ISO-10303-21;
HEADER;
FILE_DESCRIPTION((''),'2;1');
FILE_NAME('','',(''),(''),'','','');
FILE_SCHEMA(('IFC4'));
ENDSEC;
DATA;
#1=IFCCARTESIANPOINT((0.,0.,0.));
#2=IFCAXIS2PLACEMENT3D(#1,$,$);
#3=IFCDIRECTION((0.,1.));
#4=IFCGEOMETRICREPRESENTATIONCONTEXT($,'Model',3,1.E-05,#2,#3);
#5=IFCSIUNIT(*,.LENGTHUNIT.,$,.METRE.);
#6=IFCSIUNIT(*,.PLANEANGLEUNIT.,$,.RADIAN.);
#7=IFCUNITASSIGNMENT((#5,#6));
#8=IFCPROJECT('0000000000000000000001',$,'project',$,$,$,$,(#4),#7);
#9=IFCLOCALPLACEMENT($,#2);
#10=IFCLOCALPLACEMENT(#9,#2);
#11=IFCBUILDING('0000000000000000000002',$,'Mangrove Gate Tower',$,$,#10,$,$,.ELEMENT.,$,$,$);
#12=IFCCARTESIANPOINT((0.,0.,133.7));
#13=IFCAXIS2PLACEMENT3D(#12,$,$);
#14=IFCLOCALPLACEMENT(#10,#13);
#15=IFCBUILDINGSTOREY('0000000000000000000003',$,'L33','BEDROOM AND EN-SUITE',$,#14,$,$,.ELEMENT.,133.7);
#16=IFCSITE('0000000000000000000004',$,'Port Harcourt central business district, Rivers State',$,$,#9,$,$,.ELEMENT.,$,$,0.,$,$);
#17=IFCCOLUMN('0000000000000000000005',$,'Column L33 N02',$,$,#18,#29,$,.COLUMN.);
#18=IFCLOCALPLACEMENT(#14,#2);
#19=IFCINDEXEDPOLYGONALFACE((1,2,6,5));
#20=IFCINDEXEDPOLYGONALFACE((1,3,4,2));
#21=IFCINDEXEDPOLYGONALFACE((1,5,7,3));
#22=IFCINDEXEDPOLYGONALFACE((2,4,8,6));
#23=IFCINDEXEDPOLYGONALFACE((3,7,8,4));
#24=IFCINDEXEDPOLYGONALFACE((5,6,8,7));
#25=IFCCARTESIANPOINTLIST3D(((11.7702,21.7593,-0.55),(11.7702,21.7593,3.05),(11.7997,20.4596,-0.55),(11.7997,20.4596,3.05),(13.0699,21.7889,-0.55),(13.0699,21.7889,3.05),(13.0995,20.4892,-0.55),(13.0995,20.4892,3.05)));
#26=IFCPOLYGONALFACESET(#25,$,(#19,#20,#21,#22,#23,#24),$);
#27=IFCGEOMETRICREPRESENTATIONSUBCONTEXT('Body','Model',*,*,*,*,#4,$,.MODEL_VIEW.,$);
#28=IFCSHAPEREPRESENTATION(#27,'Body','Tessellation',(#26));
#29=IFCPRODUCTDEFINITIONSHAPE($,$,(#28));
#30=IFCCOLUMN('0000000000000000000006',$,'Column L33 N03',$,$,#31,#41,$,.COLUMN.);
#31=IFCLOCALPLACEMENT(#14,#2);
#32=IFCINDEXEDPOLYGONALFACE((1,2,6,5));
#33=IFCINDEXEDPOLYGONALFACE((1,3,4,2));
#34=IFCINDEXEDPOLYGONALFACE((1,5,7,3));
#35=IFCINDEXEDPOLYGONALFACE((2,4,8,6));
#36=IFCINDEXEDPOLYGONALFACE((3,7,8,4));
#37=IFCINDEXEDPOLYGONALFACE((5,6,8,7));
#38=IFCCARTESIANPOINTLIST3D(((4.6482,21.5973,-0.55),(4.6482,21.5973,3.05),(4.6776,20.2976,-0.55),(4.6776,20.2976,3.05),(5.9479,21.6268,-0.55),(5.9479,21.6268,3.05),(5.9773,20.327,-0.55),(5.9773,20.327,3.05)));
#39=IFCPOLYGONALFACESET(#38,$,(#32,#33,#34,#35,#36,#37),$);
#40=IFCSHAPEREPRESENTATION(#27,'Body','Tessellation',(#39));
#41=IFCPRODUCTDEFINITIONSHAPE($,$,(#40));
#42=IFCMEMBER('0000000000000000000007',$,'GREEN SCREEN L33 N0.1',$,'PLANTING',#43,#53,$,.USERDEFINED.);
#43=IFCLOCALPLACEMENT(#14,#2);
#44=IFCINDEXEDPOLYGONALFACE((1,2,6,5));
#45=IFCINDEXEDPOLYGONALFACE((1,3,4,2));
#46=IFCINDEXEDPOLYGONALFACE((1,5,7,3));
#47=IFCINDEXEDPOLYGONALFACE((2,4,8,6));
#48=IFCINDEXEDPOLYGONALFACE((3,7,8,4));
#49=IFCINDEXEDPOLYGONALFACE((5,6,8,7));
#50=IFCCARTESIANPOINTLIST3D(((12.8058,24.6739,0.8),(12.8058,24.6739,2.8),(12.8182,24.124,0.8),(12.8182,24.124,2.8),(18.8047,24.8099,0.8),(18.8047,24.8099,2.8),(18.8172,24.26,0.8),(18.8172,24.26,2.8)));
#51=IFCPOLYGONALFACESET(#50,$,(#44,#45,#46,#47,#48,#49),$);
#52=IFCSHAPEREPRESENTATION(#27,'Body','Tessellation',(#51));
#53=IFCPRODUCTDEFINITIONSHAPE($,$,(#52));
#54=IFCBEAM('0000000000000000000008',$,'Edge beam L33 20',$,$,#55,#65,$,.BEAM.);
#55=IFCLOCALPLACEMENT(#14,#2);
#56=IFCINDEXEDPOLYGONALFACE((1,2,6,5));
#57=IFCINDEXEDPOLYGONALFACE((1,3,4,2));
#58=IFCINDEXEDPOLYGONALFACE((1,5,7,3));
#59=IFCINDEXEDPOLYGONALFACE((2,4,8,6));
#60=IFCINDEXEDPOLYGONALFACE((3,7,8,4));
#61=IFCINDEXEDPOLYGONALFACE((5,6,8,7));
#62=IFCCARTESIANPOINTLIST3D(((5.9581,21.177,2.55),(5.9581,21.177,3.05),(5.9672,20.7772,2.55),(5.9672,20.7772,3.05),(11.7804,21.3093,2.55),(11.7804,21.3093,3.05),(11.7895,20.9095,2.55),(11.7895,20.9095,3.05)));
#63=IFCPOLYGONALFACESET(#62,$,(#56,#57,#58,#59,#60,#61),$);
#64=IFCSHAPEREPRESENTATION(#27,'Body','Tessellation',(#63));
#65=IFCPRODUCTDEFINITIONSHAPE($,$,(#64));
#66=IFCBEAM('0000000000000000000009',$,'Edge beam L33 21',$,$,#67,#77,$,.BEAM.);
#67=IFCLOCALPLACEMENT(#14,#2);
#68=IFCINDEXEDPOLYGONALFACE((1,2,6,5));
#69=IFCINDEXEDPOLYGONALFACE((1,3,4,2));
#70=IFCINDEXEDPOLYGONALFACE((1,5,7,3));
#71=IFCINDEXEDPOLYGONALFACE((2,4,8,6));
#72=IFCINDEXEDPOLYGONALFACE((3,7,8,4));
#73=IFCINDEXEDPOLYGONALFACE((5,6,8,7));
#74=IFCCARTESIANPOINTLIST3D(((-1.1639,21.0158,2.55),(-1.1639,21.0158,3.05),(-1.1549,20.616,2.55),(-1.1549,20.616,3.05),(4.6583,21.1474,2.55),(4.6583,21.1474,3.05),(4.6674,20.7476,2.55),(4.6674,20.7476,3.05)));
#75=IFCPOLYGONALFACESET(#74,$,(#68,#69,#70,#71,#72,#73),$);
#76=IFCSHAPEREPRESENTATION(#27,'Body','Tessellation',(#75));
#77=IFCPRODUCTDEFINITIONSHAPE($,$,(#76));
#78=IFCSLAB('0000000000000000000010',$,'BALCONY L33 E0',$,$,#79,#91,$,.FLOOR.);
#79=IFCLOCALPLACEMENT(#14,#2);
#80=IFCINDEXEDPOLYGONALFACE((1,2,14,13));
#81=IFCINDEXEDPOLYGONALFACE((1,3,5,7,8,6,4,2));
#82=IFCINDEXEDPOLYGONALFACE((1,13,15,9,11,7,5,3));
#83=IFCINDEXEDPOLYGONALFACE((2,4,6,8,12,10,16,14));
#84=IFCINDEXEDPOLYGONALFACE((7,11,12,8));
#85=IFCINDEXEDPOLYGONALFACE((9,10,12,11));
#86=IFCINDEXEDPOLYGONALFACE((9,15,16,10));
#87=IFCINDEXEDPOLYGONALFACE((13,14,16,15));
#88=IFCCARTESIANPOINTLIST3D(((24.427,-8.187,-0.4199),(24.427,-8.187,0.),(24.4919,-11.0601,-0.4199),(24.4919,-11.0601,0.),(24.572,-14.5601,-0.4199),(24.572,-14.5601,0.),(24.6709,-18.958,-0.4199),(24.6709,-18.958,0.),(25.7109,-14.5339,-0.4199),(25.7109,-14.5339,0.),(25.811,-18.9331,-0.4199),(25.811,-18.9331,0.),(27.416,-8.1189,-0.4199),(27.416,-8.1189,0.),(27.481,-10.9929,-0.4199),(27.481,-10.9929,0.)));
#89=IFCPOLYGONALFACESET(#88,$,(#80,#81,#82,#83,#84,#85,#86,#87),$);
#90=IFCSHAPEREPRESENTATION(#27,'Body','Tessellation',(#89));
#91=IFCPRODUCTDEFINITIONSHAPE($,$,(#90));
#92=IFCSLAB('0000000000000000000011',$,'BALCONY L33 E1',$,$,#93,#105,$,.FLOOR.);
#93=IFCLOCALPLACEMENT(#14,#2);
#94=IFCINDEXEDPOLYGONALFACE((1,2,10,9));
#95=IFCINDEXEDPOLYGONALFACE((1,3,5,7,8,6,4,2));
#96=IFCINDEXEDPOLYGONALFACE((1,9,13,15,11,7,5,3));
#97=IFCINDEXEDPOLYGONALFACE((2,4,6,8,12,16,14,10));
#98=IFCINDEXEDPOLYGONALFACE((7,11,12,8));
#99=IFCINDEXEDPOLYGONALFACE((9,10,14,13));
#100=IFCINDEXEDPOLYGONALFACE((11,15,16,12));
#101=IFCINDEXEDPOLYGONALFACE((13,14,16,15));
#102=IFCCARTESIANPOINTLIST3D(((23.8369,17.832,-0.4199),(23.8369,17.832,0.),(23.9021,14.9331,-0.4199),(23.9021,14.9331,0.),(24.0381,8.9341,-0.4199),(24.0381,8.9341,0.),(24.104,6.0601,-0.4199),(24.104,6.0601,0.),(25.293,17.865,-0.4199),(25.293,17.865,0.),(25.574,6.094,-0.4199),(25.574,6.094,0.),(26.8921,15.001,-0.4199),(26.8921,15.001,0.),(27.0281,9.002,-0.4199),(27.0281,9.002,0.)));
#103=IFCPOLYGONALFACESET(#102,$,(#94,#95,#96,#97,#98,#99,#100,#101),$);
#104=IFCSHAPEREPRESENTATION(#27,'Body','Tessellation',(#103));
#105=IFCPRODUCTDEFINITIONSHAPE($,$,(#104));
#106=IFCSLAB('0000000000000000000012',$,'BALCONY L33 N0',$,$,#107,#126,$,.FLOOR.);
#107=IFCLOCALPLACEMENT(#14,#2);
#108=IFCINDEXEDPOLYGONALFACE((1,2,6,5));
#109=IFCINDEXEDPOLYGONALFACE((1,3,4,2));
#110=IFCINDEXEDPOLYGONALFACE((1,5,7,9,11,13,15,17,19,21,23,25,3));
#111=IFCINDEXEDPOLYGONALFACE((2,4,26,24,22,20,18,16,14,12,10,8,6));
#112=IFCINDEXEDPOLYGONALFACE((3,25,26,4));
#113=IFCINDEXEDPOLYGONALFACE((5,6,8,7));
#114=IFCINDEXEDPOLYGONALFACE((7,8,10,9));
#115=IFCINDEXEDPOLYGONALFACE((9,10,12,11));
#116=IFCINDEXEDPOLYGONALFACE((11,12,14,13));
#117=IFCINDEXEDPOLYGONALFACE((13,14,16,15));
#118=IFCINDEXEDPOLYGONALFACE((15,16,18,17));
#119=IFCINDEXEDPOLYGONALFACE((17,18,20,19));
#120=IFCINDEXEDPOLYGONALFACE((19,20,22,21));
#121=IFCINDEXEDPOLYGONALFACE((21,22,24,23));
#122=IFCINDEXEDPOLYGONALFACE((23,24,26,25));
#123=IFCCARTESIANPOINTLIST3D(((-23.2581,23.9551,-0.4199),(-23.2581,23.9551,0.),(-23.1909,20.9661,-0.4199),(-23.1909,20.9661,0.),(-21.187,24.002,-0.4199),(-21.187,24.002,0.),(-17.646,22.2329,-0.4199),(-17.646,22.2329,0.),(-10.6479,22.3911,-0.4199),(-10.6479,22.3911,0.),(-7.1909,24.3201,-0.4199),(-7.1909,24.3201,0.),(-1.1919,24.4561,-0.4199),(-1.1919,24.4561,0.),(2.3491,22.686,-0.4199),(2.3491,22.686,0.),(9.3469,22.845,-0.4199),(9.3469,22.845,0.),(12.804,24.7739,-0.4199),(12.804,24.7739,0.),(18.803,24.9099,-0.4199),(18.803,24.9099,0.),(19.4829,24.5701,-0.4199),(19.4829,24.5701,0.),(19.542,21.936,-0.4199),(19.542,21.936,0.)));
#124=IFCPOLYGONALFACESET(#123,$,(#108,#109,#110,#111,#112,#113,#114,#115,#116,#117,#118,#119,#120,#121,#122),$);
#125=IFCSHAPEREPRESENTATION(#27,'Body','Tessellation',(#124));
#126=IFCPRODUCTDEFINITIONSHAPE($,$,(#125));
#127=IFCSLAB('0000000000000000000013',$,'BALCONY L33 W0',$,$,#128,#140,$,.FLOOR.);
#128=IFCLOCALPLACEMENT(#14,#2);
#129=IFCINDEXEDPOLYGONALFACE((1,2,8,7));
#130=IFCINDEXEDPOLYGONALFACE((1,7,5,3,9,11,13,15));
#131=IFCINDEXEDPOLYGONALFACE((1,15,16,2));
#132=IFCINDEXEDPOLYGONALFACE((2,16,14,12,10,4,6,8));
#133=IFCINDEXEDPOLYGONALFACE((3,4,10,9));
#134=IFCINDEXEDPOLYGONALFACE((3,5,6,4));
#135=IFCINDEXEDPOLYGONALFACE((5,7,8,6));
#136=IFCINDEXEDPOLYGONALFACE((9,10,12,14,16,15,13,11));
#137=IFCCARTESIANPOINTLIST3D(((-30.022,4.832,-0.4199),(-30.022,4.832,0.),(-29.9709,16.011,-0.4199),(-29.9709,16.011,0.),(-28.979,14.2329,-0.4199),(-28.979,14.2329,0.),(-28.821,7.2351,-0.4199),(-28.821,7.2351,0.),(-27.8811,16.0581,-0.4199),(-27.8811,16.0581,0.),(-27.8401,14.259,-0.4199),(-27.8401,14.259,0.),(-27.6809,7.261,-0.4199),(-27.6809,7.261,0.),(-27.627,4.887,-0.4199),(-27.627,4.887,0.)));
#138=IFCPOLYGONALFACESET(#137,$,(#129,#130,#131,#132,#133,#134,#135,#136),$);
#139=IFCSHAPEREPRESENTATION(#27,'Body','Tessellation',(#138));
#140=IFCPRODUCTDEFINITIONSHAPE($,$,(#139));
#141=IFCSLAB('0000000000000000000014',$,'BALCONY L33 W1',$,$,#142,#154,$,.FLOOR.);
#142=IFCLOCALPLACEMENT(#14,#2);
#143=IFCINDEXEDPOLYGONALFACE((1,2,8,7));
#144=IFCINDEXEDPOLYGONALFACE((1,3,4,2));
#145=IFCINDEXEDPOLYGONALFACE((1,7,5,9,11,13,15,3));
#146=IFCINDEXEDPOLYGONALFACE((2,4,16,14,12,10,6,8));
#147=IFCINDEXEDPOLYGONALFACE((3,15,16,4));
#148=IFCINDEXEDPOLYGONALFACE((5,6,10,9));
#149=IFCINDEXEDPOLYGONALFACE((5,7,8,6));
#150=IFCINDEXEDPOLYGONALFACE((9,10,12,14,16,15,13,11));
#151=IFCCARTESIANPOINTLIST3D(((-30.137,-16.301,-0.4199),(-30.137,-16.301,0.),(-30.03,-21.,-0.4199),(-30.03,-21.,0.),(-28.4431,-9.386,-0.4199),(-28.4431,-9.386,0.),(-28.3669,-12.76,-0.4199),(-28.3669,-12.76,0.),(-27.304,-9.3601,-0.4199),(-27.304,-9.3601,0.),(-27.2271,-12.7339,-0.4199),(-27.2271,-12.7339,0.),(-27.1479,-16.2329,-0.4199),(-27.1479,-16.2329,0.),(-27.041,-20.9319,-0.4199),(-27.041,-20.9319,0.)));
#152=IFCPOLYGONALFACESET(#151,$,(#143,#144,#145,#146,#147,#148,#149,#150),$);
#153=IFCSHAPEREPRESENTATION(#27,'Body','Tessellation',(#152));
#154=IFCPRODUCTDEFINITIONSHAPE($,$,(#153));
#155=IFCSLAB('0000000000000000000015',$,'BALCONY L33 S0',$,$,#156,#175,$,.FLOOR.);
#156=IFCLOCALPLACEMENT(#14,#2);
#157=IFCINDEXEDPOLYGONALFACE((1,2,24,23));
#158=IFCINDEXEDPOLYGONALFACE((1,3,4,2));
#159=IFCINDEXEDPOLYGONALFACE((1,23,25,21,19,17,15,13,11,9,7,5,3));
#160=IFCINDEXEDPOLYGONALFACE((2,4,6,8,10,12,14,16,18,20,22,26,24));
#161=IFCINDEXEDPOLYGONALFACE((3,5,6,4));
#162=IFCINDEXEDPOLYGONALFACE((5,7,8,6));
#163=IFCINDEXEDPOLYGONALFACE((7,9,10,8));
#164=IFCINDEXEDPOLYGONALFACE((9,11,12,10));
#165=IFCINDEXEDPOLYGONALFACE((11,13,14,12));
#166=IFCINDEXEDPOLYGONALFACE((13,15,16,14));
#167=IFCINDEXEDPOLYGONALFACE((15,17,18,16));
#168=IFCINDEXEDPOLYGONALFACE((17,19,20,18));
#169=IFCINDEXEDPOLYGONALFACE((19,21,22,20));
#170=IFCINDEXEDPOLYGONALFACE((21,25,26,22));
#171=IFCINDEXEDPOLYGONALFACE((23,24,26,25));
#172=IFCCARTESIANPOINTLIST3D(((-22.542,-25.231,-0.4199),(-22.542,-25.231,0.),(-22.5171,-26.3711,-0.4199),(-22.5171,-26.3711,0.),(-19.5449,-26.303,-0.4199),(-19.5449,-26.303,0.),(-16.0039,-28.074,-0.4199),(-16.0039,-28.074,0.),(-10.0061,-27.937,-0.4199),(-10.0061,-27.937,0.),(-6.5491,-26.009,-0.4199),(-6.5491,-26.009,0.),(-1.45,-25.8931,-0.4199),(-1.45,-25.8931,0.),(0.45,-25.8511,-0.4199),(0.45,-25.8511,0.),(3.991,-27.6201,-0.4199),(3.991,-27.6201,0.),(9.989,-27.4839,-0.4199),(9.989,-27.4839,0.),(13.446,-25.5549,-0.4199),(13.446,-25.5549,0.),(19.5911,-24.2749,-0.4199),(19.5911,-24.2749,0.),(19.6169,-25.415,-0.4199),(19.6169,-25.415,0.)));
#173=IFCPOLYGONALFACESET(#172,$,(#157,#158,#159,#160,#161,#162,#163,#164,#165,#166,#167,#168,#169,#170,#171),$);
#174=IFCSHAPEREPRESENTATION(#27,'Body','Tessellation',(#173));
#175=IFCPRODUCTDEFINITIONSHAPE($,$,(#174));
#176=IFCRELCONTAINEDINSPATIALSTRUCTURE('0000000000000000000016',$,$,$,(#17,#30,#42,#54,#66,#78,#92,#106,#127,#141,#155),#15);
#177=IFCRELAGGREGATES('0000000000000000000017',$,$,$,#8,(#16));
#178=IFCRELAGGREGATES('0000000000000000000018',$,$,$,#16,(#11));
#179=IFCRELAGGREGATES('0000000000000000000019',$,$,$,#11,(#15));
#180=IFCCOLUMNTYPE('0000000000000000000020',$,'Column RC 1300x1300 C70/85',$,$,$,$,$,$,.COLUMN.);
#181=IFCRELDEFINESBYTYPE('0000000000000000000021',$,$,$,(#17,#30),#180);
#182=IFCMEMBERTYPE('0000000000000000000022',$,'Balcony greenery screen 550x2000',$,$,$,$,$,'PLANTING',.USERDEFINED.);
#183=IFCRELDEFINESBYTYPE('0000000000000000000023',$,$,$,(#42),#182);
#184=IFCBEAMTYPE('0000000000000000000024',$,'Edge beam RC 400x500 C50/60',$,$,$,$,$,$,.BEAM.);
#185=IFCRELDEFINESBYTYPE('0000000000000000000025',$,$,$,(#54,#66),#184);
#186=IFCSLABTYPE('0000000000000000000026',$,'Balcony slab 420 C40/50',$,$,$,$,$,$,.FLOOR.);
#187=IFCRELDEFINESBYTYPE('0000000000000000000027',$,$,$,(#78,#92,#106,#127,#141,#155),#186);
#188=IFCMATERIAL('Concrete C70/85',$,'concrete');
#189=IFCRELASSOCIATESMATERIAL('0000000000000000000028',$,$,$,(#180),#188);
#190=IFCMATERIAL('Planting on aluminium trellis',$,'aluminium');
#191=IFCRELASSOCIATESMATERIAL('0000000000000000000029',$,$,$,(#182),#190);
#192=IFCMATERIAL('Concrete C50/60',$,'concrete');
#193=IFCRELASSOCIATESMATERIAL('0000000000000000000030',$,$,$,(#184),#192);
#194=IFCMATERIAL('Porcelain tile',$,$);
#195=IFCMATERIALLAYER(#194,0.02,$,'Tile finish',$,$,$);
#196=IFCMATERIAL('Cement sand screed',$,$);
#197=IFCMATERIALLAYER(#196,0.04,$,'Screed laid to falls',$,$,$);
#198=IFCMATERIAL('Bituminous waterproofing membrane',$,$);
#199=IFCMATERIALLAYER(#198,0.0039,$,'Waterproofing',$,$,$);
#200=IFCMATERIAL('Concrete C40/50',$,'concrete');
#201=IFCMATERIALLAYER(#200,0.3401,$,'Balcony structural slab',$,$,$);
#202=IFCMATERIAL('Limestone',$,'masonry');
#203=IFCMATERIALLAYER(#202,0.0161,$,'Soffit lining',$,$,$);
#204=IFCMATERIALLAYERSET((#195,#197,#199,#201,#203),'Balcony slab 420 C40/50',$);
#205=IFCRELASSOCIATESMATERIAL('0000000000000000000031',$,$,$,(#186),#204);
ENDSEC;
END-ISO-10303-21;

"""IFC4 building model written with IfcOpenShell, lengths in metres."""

from ifc_helpers import new_model, si_unit, direction, frame, origin, origin_2d, place, context, subcontext, project, spatial, polyline, rectangle, outline, extrude, material, layer, layer_set, material_profile, profile_set, type_object, element, save


model = new_model("IFC4")

# Units and contexts
model_context = context("Model", 3, precision=1e-05, world=origin(), true_north=direction((0.0, 1.0)))
body_context = subcontext(model_context, "Body", "Model", "MODEL_VIEW")
ifc_project = project(units=[si_unit("LENGTHUNIT", "METRE"), si_unit("PLANEANGLEUNIT", "RADIAN")], contexts=[model_context])

# Site, building, storey
site_placement = place(None, origin())
site = spatial("IfcSite", under=ifc_project, at=site_placement, Name="Port Harcourt central business district, Rivers State", CompositionType="ELEMENT", RefElevation=0.0)
building_placement = place(site_placement, origin())
building = spatial("IfcBuilding", under=site, at=building_placement, Name="Mangrove Gate Tower", CompositionType="ELEMENT")
storey_placement = place(building_placement, frame((0.0, 0.0, 133.7)))
storey = spatial("IfcBuildingStorey", under=building, at=storey_placement, Name="L33", Description="BEDROOM AND EN-SUITE", CompositionType="ELEMENT", Elevation=133.7)

# Columns
ifc_material_1 = material(Name="Concrete C70/85", Category="concrete")
ifc_material_profile_1 = material_profile(ifc_material_1, rectangle(XDim=1.3, YDim=1.3, at=origin_2d()))
ifc_profile_set_1 = profile_set([ifc_material_profile_1], Name="Concrete C70/85")
column_type = type_object("IfcColumnType", Name="Column RC 1300x1300 C70/85", PredefinedType="COLUMN", material=ifc_profile_set_1)
for number, where, z_axis, x_axis, name in (
    (1, (12.4348, 21.1243, -0.55), (0.0, 0.0, 1.0), (-0.999741, -0.022741, 0.0), "Column L33 N02"),
    (2, (5.3127, 20.9622, -0.55), (0.0, 0.0, 1.0), (-0.999743, -0.02267, 0.0), "Column L33 N03"),
):
    element("IfcColumn", number, at=place(storey_placement, frame(where, z_axis=z_axis, x_axis=x_axis)), inside=storey, type_object=column_type, Name=name, PredefinedType="COLUMN", context=body_context, shape_type="SweptSolid", body=[
        extrude(rectangle(XDim=1.3, YDim=1.3, at=origin_2d()), origin(), (0.0, 0.0, 1.0), 3.6001),
    ])

# Member
ifc_material_2 = material(Name="Planting on aluminium trellis", Category="aluminium")
ifc_material_profile_2 = material_profile(ifc_material_2, rectangle(XDim=0.55, YDim=2.0, at=origin_2d()))
ifc_profile_set_2 = profile_set([ifc_material_profile_2], Name="Planting on aluminium trellis")
member_type = type_object("IfcMemberType", Name="Balcony greenery screen 550x2000", ElementType="PLANTING", PredefinedType="USERDEFINED", material=ifc_profile_set_2)
member_placement = place(storey_placement, frame((12.812, 24.3989, 1.8), z_axis=(0.999743, 0.022662, 0.0), x_axis=(-0.022662, 0.999743, 0.0)))
element("IfcMember", 3, at=member_placement, inside=storey, type_object=member_type, Name="GREEN SCREEN L33 N0.1", ObjectType="PLANTING", PredefinedType="USERDEFINED", context=body_context, shape_type="SweptSolid", body=[
    extrude(rectangle(XDim=0.55, YDim=2.0, at=origin_2d()), origin(), (0.0, 0.0, 1.0), 6.0005),
])

# Beams
ifc_material_3 = material(Name="Concrete C50/60", Category="concrete")
ifc_material_profile_3 = material_profile(ifc_material_3, rectangle(XDim=0.3999, YDim=0.5, at=origin_2d()))
ifc_profile_set_3 = profile_set([ifc_material_profile_3], Name="Concrete C50/60")
beam_type = type_object("IfcBeamType", Name="Edge beam RC 400x500 C50/60", PredefinedType="BEAM", material=ifc_profile_set_3)
for number, where, z_axis, x_axis, name in (
    (4, (11.7849, 21.1094, 2.8), (-0.999742, -0.022721, 0.0), (0.022721, -0.999742, 0.0), "Edge beam L33 20"),
    (5, (4.6628, 20.9475, 2.8), (-0.999745, -0.022596, 0.0), (0.022596, -0.999745, 0.0), "Edge beam L33 21"),
):
    element("IfcBeam", number, at=place(storey_placement, frame(where, z_axis=z_axis, x_axis=x_axis)), inside=storey, type_object=beam_type, Name=name, PredefinedType="BEAM", context=body_context, shape_type="SweptSolid", body=[
        extrude(rectangle(XDim=0.3999, YDim=0.5, at=origin_2d()), origin(), (0.0, 0.0, 1.0), 5.8237),
    ])

# Slabs
ifc_material_4 = material(Name="Porcelain tile")
ifc_layer_1 = layer(ifc_material_4, 0.02, Name="Tile finish")
ifc_material_5 = material(Name="Cement sand screed")
ifc_layer_2 = layer(ifc_material_5, 0.04, Name="Screed laid to falls")
ifc_material_6 = material(Name="Bituminous waterproofing membrane")
ifc_layer_3 = layer(ifc_material_6, 0.0039, Name="Waterproofing")
ifc_material_7 = material(Name="Concrete C40/50", Category="concrete")
ifc_layer_4 = layer(ifc_material_7, 0.3401, Name="Balcony structural slab")
ifc_material_8 = material(Name="Limestone", Category="masonry")
ifc_layer_5 = layer(ifc_material_8, 0.0161, Name="Soffit lining")
ifc_layer_set_1 = layer_set([ifc_layer_1, ifc_layer_2, ifc_layer_3, ifc_layer_4, ifc_layer_5], Name="Balcony slab 420 C40/50")
slab_type_1 = type_object("IfcSlabType", Name="Balcony slab 420 C40/50", PredefinedType="FLOOR", material=ifc_layer_set_1)
slab_1_placement = place(storey_placement, frame((0.0, 0.0, -0.4199)))
element("IfcSlab", 6, at=slab_1_placement, inside=storey, type_object=slab_type_1, Name="BALCONY L33 E0", PredefinedType="FLOOR", context=body_context, shape_type="SweptSolid", body=[
    extrude(outline(polyline([(25.811, -18.9331), (25.7109, -14.5339), (27.481, -10.9929), (27.416, -8.1189), (24.427, -8.187), (24.4919, -11.0601), (24.572, -14.5601), (24.6709, -18.958), (25.811, -18.9331)])), origin(), (0.0, 0.0, 1.0), 0.4199),
])
slab_2_placement = place(storey_placement, frame((0.0, 0.0, -0.4199)))
element("IfcSlab", 7, at=slab_2_placement, inside=storey, type_object=slab_type_1, Name="BALCONY L33 E1", PredefinedType="FLOOR", context=body_context, shape_type="SweptSolid", body=[
    extrude(outline(polyline([(25.574, 6.094), (27.0281, 9.002), (26.8921, 15.001), (25.293, 17.865), (23.8369, 17.832), (23.9021, 14.9331), (24.0381, 8.9341), (24.104, 6.0601), (25.574, 6.094)])), origin(), (0.0, 0.0, 1.0), 0.4199),
])
slab_3_placement = place(storey_placement, frame((0.0, 0.0, -0.4199)))
element("IfcSlab", 8, at=slab_3_placement, inside=storey, type_object=slab_type_1, Name="BALCONY L33 N0", PredefinedType="FLOOR", context=body_context, shape_type="SweptSolid", body=[
    extrude(outline(polyline([(19.4829, 24.5701), (18.803, 24.9099), (12.804, 24.7739), (9.3469, 22.845), (2.3491, 22.686), (-1.1919, 24.4561), (-7.1909, 24.3201), (-10.6479, 22.3911), (-17.646, 22.2329), (-21.187, 24.002), (-23.2581, 23.9551), (-23.1909, 20.9661), (19.542, 21.936), (19.4829, 24.5701)])), origin(), (0.0, 0.0, 1.0), 0.4199),
])
slab_4_placement = place(storey_placement, frame((0.0, 0.0, -0.4199)))
element("IfcSlab", 9, at=slab_4_placement, inside=storey, type_object=slab_type_1, Name="BALCONY L33 W0", PredefinedType="FLOOR", context=body_context, shape_type="SweptSolid", body=[
    extrude(outline(polyline([(-29.9709, 16.011), (-28.979, 14.2329), (-28.821, 7.2351), (-30.022, 4.832), (-27.627, 4.887), (-27.6809, 7.261), (-27.8401, 14.259), (-27.8811, 16.0581), (-29.9709, 16.011)])), origin(), (0.0, 0.0, 1.0), 0.4199),
])
slab_5_placement = place(storey_placement, frame((0.0, 0.0, -0.4199)))
element("IfcSlab", 10, at=slab_5_placement, inside=storey, type_object=slab_type_1, Name="BALCONY L33 W1", PredefinedType="FLOOR", context=body_context, shape_type="SweptSolid", body=[
    extrude(outline(polyline([(-28.4431, -9.386), (-28.3669, -12.76), (-30.137, -16.301), (-30.03, -21.0), (-27.041, -20.9319), (-27.1479, -16.2329), (-27.2271, -12.7339), (-27.304, -9.3601), (-28.4431, -9.386)])), origin(), (0.0, 0.0, 1.0), 0.4199),
])
slab_6_placement = place(storey_placement, frame((0.0, 0.0, -0.4199)))
element("IfcSlab", 11, at=slab_6_placement, inside=storey, type_object=slab_type_1, Name="BALCONY L33 S0", PredefinedType="FLOOR", context=body_context, shape_type="SweptSolid", body=[
    extrude(outline(polyline([(-22.5171, -26.3711), (-19.5449, -26.303), (-16.0039, -28.074), (-10.0061, -27.937), (-6.5491, -26.009), (-1.45, -25.8931), (0.45, -25.8511), (3.991, -27.6201), (9.989, -27.4839), (13.446, -25.5549), (19.6169, -25.415), (19.5911, -24.2749), (-22.542, -25.231), (-22.5171, -26.3711)])), origin(), (0.0, 0.0, 1.0), 0.4199),
])

save(model, "model.ifc")
